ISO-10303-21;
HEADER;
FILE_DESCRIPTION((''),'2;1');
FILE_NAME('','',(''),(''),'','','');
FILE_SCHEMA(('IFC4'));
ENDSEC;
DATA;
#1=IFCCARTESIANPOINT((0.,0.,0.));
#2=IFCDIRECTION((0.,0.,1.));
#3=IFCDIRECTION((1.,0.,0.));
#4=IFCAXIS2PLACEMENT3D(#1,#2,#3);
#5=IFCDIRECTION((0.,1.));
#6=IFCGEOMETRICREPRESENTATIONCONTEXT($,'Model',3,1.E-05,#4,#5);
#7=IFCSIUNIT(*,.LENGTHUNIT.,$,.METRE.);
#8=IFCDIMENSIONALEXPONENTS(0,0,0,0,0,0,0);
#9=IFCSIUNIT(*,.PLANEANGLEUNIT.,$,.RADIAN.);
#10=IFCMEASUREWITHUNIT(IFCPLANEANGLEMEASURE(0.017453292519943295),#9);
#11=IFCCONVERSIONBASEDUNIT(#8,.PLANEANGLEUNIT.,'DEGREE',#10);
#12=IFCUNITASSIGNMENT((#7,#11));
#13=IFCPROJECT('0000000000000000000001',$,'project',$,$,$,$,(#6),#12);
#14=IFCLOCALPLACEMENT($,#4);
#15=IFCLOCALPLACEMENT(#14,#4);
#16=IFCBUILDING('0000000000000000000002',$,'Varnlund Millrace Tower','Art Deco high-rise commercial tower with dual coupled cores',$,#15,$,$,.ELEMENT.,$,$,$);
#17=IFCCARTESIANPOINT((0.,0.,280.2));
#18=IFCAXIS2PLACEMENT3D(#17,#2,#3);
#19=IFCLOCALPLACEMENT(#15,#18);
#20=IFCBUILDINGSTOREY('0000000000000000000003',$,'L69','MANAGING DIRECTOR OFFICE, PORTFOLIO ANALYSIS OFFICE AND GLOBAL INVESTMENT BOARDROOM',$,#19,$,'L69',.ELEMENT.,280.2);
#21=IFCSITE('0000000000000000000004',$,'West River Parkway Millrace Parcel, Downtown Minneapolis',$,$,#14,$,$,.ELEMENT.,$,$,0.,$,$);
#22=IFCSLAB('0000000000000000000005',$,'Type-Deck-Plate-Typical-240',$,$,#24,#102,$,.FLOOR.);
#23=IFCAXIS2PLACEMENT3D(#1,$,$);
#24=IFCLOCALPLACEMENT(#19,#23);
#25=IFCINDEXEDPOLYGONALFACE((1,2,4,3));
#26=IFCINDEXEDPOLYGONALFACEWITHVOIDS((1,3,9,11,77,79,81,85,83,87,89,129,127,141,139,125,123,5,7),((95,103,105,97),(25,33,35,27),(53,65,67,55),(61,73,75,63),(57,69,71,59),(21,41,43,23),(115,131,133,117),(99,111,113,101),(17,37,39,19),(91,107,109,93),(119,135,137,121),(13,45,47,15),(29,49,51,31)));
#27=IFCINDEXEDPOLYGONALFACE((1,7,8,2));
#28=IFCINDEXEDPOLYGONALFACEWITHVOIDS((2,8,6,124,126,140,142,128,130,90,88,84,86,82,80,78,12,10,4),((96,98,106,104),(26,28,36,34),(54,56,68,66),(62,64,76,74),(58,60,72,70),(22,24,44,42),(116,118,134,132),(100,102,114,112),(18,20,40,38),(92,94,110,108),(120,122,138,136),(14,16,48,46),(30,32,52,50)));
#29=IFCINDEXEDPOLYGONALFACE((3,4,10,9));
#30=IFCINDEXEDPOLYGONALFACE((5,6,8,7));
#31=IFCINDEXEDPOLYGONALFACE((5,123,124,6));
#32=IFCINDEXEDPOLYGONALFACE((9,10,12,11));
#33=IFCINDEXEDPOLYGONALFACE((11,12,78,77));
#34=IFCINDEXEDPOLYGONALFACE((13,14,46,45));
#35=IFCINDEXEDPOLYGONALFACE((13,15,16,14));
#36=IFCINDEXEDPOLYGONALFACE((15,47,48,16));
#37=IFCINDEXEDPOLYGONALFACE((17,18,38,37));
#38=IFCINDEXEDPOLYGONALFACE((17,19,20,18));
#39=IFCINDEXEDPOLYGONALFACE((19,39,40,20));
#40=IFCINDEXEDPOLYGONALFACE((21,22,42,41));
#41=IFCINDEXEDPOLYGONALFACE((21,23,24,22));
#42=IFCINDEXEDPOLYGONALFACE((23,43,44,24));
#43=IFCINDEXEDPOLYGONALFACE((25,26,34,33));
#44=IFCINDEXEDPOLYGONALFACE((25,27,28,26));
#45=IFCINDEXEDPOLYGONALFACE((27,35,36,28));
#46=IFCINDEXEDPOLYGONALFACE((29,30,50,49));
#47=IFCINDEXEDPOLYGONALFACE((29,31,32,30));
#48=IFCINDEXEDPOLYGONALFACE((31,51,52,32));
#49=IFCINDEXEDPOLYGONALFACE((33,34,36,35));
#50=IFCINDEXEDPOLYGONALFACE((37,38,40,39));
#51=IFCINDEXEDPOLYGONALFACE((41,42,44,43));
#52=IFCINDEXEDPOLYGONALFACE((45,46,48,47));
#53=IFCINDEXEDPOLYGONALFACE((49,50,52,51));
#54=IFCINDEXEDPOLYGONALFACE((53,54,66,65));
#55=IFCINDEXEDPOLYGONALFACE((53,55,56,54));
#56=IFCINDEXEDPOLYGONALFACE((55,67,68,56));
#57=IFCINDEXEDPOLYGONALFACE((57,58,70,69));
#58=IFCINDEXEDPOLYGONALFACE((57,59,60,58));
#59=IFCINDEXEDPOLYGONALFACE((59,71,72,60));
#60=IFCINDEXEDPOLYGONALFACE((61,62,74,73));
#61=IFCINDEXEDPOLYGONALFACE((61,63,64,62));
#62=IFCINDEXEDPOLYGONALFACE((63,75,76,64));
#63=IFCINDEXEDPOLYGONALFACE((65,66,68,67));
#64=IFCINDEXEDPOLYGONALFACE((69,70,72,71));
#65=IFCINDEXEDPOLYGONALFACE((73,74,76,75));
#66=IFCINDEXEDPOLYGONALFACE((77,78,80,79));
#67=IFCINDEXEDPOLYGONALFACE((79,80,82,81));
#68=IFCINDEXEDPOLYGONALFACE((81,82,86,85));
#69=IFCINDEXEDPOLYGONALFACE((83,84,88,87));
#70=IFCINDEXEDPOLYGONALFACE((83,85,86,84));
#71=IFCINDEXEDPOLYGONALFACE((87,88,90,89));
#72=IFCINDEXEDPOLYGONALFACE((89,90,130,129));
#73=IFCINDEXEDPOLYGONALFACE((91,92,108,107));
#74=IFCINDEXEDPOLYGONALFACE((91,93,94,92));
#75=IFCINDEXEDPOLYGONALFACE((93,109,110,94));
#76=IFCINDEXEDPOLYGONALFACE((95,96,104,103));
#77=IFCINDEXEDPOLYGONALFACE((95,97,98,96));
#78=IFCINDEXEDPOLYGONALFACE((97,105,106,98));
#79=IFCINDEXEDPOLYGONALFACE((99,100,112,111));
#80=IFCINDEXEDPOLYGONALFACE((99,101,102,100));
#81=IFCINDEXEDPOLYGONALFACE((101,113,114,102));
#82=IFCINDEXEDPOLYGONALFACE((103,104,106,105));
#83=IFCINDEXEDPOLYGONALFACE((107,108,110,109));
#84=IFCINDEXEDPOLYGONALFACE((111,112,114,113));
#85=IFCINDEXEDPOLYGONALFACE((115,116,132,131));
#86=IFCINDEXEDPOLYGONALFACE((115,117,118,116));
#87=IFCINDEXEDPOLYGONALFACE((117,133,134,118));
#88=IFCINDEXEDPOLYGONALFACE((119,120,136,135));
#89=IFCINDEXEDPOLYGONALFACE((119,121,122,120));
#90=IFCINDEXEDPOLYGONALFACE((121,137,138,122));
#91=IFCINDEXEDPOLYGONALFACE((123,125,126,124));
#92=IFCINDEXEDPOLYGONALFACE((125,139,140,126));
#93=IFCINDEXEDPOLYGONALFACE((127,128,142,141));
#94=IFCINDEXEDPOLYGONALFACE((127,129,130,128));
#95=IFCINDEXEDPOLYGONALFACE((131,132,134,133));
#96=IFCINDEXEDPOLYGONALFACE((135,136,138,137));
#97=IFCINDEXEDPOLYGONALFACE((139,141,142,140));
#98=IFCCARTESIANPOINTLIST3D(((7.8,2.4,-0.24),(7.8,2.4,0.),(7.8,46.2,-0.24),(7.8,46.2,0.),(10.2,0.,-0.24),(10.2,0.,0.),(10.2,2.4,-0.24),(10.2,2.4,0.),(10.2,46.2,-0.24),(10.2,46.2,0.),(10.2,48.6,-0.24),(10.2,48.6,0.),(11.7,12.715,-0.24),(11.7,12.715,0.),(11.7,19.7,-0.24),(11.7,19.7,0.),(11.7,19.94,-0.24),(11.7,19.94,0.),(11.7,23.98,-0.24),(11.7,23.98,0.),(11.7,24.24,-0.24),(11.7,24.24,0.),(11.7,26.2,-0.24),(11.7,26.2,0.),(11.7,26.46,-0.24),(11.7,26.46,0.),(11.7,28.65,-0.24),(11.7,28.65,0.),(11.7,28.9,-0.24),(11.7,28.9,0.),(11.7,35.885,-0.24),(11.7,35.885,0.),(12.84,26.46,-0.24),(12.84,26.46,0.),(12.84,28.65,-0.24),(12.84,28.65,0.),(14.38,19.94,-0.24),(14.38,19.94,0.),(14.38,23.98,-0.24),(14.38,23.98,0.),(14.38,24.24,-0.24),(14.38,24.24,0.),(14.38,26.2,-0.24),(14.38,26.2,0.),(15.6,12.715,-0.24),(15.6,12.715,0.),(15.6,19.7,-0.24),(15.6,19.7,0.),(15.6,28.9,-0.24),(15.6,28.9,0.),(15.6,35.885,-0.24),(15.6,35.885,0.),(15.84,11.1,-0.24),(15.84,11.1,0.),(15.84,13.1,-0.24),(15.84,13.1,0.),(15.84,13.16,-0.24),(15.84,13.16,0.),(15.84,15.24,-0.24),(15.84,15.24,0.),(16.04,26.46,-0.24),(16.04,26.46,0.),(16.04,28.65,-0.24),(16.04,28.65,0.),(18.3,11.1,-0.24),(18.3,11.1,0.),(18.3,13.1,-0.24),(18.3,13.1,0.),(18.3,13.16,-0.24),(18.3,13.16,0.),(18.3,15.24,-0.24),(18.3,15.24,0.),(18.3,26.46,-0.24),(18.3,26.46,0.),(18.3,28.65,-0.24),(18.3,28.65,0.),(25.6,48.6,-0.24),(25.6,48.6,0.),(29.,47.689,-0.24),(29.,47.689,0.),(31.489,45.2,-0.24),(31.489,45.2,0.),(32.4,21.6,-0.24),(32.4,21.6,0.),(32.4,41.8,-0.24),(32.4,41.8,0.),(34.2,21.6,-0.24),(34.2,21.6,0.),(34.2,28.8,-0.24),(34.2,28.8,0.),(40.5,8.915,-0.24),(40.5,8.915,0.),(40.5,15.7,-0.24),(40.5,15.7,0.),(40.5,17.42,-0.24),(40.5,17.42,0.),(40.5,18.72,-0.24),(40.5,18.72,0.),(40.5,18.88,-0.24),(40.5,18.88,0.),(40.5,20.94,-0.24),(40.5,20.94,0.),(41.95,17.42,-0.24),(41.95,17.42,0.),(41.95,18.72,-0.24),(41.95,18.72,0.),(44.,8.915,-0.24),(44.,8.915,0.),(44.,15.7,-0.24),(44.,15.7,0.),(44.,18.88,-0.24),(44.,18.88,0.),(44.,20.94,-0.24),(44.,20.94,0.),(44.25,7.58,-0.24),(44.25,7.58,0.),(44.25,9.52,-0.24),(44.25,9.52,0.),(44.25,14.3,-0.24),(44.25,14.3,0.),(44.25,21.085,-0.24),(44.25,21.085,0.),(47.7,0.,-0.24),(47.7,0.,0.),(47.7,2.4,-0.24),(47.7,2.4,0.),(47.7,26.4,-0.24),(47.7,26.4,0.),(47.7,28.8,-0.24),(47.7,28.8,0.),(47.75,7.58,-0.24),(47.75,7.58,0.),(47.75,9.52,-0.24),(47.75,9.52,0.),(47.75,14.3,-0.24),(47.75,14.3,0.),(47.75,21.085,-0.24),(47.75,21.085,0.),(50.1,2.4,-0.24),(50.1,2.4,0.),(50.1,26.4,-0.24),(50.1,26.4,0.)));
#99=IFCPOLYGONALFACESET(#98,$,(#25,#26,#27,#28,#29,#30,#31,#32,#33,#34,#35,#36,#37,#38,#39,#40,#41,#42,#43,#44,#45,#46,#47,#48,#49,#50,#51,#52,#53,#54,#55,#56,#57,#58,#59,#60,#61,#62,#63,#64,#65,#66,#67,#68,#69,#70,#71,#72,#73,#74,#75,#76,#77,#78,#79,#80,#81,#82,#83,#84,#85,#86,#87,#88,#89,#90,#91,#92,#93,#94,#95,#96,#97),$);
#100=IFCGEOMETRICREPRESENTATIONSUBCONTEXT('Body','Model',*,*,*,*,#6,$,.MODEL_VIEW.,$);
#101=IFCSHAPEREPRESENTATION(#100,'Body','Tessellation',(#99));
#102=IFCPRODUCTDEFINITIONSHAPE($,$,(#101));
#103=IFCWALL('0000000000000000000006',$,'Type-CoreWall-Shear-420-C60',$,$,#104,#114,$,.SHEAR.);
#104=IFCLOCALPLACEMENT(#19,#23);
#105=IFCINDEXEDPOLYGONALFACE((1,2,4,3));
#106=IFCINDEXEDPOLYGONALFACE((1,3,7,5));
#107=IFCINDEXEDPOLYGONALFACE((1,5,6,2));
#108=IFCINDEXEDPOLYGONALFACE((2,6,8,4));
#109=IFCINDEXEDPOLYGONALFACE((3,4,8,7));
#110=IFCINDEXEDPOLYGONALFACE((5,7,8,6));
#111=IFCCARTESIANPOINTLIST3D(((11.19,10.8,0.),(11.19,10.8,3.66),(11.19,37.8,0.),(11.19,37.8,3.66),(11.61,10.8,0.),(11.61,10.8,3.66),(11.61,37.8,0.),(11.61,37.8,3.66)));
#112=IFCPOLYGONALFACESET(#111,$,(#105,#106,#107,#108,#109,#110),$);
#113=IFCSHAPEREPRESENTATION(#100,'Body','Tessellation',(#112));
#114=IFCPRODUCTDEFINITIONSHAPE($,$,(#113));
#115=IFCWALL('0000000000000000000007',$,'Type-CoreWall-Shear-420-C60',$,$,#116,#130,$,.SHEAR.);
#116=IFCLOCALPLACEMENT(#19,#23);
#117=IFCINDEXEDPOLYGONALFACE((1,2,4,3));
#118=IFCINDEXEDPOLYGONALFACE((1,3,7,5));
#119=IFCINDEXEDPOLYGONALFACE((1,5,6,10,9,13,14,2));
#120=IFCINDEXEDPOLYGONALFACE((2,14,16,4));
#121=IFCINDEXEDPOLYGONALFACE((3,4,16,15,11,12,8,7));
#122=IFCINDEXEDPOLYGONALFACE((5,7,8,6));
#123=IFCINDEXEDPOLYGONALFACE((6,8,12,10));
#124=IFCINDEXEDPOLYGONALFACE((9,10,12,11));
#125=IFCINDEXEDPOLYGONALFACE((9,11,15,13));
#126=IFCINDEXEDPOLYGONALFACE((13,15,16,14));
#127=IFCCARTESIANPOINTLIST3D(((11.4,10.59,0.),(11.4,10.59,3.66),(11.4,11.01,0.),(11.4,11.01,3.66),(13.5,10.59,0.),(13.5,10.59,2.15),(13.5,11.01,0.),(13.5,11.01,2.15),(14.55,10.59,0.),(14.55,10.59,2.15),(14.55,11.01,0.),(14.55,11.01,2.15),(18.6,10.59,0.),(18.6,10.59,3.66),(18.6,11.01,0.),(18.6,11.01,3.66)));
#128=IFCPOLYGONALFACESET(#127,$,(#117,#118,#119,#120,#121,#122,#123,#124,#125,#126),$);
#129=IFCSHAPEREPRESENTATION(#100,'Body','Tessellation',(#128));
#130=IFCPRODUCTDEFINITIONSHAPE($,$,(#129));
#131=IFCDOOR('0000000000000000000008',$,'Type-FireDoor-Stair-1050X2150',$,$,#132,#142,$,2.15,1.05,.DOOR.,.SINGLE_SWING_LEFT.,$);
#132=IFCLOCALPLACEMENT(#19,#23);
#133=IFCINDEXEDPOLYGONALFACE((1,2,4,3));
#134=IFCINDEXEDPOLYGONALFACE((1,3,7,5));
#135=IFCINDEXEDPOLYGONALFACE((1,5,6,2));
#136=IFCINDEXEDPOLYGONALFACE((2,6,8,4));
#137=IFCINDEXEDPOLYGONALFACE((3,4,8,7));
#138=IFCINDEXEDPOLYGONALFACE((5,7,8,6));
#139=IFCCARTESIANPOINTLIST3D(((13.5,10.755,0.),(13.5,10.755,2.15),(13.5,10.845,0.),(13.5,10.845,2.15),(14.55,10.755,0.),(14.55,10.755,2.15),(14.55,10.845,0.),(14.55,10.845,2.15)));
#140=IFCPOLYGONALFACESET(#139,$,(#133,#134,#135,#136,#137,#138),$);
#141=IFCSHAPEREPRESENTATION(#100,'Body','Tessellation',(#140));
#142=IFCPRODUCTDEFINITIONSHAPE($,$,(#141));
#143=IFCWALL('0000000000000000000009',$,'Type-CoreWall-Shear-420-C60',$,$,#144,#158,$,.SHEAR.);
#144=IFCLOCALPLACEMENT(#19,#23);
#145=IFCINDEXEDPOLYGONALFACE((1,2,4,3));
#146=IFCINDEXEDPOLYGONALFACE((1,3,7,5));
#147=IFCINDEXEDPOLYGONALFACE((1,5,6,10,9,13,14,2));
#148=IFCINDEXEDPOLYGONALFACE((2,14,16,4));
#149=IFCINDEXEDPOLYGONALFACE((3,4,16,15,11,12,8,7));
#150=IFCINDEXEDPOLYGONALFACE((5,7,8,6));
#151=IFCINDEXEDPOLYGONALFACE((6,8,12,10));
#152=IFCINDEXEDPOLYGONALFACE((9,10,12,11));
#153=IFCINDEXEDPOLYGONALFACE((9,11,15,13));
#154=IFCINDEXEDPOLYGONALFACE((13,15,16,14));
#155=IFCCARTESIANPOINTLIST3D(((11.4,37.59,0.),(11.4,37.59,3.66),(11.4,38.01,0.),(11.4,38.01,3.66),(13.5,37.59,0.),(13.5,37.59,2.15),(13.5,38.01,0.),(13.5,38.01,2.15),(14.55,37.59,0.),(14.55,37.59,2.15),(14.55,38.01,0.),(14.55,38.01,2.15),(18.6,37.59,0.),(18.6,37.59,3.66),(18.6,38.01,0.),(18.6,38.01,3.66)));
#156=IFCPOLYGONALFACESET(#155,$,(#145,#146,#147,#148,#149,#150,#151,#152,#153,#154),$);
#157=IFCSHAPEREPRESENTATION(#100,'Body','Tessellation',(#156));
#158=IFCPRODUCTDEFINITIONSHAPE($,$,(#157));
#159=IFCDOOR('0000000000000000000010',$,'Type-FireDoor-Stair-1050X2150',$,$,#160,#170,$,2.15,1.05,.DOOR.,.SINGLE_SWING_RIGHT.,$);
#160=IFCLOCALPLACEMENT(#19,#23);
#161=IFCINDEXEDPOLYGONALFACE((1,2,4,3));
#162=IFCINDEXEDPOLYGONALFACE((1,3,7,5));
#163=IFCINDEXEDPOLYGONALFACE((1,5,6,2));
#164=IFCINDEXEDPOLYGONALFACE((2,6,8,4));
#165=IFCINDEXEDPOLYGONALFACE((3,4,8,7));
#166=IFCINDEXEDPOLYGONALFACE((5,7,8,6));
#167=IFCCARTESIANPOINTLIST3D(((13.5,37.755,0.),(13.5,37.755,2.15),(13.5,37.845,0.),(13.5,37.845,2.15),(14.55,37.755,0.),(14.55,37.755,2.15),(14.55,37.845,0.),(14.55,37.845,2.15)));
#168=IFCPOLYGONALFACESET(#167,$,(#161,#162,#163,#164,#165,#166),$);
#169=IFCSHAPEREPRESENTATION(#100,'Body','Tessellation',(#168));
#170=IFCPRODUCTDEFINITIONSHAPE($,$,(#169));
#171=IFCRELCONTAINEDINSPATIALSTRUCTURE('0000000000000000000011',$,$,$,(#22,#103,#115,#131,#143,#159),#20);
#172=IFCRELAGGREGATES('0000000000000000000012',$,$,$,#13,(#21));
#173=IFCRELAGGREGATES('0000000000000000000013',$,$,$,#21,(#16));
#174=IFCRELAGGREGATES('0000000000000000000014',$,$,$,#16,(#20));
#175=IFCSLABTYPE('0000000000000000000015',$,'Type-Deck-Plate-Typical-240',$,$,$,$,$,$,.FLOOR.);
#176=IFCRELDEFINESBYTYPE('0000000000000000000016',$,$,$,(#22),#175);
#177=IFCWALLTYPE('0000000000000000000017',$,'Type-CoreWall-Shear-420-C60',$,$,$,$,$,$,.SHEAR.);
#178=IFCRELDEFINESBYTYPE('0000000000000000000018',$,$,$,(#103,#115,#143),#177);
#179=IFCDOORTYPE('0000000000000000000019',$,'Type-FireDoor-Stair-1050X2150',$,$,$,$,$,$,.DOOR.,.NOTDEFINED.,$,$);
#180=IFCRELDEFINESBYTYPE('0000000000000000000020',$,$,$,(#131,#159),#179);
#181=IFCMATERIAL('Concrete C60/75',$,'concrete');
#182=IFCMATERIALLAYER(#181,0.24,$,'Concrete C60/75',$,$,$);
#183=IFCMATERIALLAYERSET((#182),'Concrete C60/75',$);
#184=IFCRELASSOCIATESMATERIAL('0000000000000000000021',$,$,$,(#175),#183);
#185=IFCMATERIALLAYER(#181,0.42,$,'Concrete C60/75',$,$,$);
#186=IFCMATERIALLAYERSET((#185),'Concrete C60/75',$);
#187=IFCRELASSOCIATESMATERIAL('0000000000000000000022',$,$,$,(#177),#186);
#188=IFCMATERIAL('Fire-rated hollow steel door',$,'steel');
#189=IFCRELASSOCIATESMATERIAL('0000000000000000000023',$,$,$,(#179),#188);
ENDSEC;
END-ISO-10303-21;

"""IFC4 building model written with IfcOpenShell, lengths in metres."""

from ifc_helpers import new_model, entity, si_unit, converted_unit, direction, frame, origin_with_axes, origin_2d_with_axis, place, context, subcontext, project, spatial, polyline, rectangle, outline, extrude, material, layer, layer_set, type_object, element, fill, save


model = new_model("IFC4")

# Units and contexts
model_context = context("Model", 3, precision=1e-05, world=origin_with_axes(), true_north=direction((0.0, 1.0)))
body_context = subcontext(model_context, "Body", "Model", "MODEL_VIEW")
ifc_project = project(units=[si_unit("LENGTHUNIT", "METRE"), converted_unit("PLANEANGLEUNIT", "DEGREE", entity("IfcPlaneAngleMeasure", 0.017453292519943295), si_unit("PLANEANGLEUNIT", "RADIAN"), dimensions=[0, 0, 0, 0, 0, 0, 0])], contexts=[model_context])

# Site, building, storey
site_placement = place(None, origin_with_axes())
site = spatial("IfcSite", under=ifc_project, at=site_placement, Name="West River Parkway Millrace Parcel, Downtown Minneapolis", CompositionType="ELEMENT", RefElevation=0.0)
building_placement = place(site_placement, origin_with_axes())
building = spatial("IfcBuilding", under=site, at=building_placement, Name="Varnlund Millrace Tower", Description="Art Deco high-rise commercial tower with dual coupled cores", CompositionType="ELEMENT")
storey_placement = place(building_placement, frame((0.0, 0.0, 280.2), z_axis=(0.0, 0.0, 1.0), x_axis=(1.0, 0.0, 0.0)))
storey = spatial("IfcBuildingStorey", under=building, at=storey_placement, Name="L69", Description="MANAGING DIRECTOR OFFICE, PORTFOLIO ANALYSIS OFFICE AND GLOBAL INVESTMENT BOARDROOM", LongName="L69", CompositionType="ELEMENT", Elevation=280.2)

# Slab
ifc_material_1 = material(Name="Concrete C60/75", Category="concrete")
ifc_layer_1 = layer(ifc_material_1, 0.24, Name="Concrete C60/75")
ifc_layer_set_1 = layer_set([ifc_layer_1], Name="Concrete C60/75")
slab_type = type_object("IfcSlabType", Name="Type-Deck-Plate-Typical-240", PredefinedType="FLOOR", material=ifc_layer_set_1)
slab_placement = place(storey_placement, frame((0.0, 0.0, -0.24), z_axis=(0.0, 0.0, 1.0), x_axis=(1.0, 0.0, 0.0)))
element("IfcSlab", 1, at=slab_placement, inside=storey, type_object=slab_type, Name="Type-Deck-Plate-Typical-240", PredefinedType="FLOOR", context=body_context, shape_type="SweptSolid", body=[
    extrude(outline(polyline([(32.4, 21.6), (32.4, 41.8), (31.489, 45.2), (29.0, 47.689), (25.6, 48.6), (10.2, 48.6), (10.2, 46.2), (7.8, 46.2), (7.8, 2.4), (10.2, 2.4), (10.2, 0.0), (47.7, 0.0), (47.7, 2.4), (50.1, 2.4), (50.1, 26.4), (47.7, 26.4), (47.7, 28.8), (34.2, 28.8), (34.2, 21.6), (32.4, 21.6)]), holes=[polyline([(18.3, 13.1), (18.3, 11.1), (15.84, 11.1), (15.84, 13.1), (18.3, 13.1)]), polyline([(15.6, 12.715), (11.7, 12.715), (11.7, 19.7), (15.6, 19.7), (15.6, 12.715)]), polyline([(11.7, 19.94), (11.7, 23.98), (14.38, 23.98), (14.38, 19.94), (11.7, 19.94)]), polyline([(14.38, 24.24), (11.7, 24.24), (11.7, 26.2), (14.38, 26.2), (14.38, 24.24)]), polyline([(12.84, 26.46), (11.7, 26.46), (11.7, 28.65), (12.84, 28.65), (12.84, 26.46)]), polyline([(15.6, 28.9), (11.7, 28.9), (11.7, 35.885), (15.6, 35.885), (15.6, 28.9)]), polyline([(47.75, 9.52), (47.75, 7.58), (44.25, 7.58), (44.25, 9.52), (47.75, 9.52)]), polyline([(44.0, 8.915), (40.5, 8.915), (40.5, 15.7), (44.0, 15.7), (44.0, 8.915)]), polyline([(18.3, 13.16), (15.84, 13.16), (15.84, 15.24), (18.3, 15.24), (18.3, 13.16)]), polyline([(47.75, 14.3), (44.25, 14.3), (44.25, 21.085), (47.75, 21.085), (47.75, 14.3)]), polyline([(41.95, 17.42), (40.5, 17.42), (40.5, 18.72), (41.95, 18.72), (41.95, 17.42)]), polyline([(44.0, 18.88), (40.5, 18.88), (40.5, 20.94), (44.0, 20.94), (44.0, 18.88)]), polyline([(18.3, 26.46), (16.04, 26.46), (16.04, 28.65), (18.3, 28.65), (18.3, 26.46)])]), origin_with_axes(), (0.0, 0.0, 1.0), 0.24),
])

# Wall
ifc_layer_2 = layer(ifc_material_1, 0.42, Name="Concrete C60/75")
ifc_layer_set_2 = layer_set([ifc_layer_2], Name="Concrete C60/75")
wall_type_1 = type_object("IfcWallType", Name="Type-CoreWall-Shear-420-C60", PredefinedType="SHEAR", material=ifc_layer_set_2)
wall_1_placement = place(storey_placement, frame((11.4, 10.8, 0.0), z_axis=(0.0, 0.0, 1.0), x_axis=(0.0, 1.0, 0.0)))
element("IfcWall", 2, at=wall_1_placement, inside=storey, type_object=wall_type_1, Name="Type-CoreWall-Shear-420-C60", PredefinedType="SHEAR", context=body_context, shape_type="SweptSolid", body=[
    extrude(outline(polyline([(0.0, -0.21), (27.0, -0.21), (27.0, 0.21), (0.0, 0.21), (0.0, -0.21)])), origin_with_axes(), (0.0, 0.0, 1.0), 3.66),
])

# Walls, openings, doors
wall_2_placement = place(storey_placement, frame((11.4, 10.8, 0.0), z_axis=(0.0, 0.0, 1.0), x_axis=(1.0, 0.0, 0.0)))
wall_2 = element("IfcWall", 3, at=wall_2_placement, inside=storey, type_object=wall_type_1, Name="Type-CoreWall-Shear-420-C60", PredefinedType="SHEAR", context=body_context, shape_type="SweptSolid", body=[
    extrude(outline(polyline([(0.0, -0.21), (7.2, -0.21), (7.2, 0.21), (0.0, 0.21), (0.0, -0.21)])), origin_with_axes(), (0.0, 0.0, 1.0), 3.66),
])
opening_1_placement = place(wall_2_placement, frame((2.625, 0.0, 0.0), z_axis=(0.0, 0.0, 1.0), x_axis=(1.0, 0.0, 0.0)))
opening_1 = element("IfcOpeningElement", 4, at=opening_1_placement, cuts=wall_2, PredefinedType="OPENING", context=body_context, shape_type="SweptSolid", body=[
    extrude(rectangle(XDim=1.05, YDim=0.44, at=origin_2d_with_axis()), origin_with_axes(), (0.0, 0.0, 1.0), 2.15),
])
ifc_material_2 = material(Name="Fire-rated hollow steel door", Category="steel")
door_type_1 = type_object("IfcDoorType", Name="Type-FireDoor-Stair-1050X2150", OperationType="NOTDEFINED", PredefinedType="DOOR", material=ifc_material_2)
door_1_placement = place(wall_2_placement, frame((2.625, 0.0, 0.0), z_axis=(0.0, 0.0, 1.0), x_axis=(1.0, 0.0, 0.0)))
door_1 = element("IfcDoor", 5, at=door_1_placement, inside=storey, type_object=door_type_1, Name="Type-FireDoor-Stair-1050X2150", OperationType="SINGLE_SWING_LEFT", OverallHeight=2.15, OverallWidth=1.05, PredefinedType="DOOR", context=body_context, shape_type="SweptSolid", body=[
    extrude(rectangle(XDim=1.05, YDim=0.09, at=origin_2d_with_axis()), origin_with_axes(), (0.0, 0.0, 1.0), 2.15),
])
fill(opening_1, door_1)
wall_3_placement = place(storey_placement, frame((11.4, 37.8, 0.0), z_axis=(0.0, 0.0, 1.0), x_axis=(1.0, 0.0, 0.0)))
wall_3 = element("IfcWall", 6, at=wall_3_placement, inside=storey, type_object=wall_type_1, Name="Type-CoreWall-Shear-420-C60", PredefinedType="SHEAR", context=body_context, shape_type="SweptSolid", body=[
    extrude(outline(polyline([(0.0, -0.21), (7.2, -0.21), (7.2, 0.21), (0.0, 0.21), (0.0, -0.21)])), origin_with_axes(), (0.0, 0.0, 1.0), 3.66),
])
opening_2_placement = place(wall_3_placement, frame((2.625, 0.0, 0.0), z_axis=(0.0, 0.0, 1.0), x_axis=(1.0, 0.0, 0.0)))
opening_2 = element("IfcOpeningElement", 7, at=opening_2_placement, cuts=wall_3, PredefinedType="OPENING", context=body_context, shape_type="SweptSolid", body=[
    extrude(rectangle(XDim=1.05, YDim=0.44, at=origin_2d_with_axis()), origin_with_axes(), (0.0, 0.0, 1.0), 2.15),
])
door_2_placement = place(wall_3_placement, frame((2.625, 0.0, 0.0), z_axis=(0.0, 0.0, 1.0), x_axis=(1.0, 0.0, 0.0)))
door_2 = element("IfcDoor", 8, at=door_2_placement, inside=storey, type_object=door_type_1, Name="Type-FireDoor-Stair-1050X2150", OperationType="SINGLE_SWING_RIGHT", OverallHeight=2.15, OverallWidth=1.05, PredefinedType="DOOR", context=body_context, shape_type="SweptSolid", body=[
    extrude(rectangle(XDim=1.05, YDim=0.09, at=origin_2d_with_axis()), origin_with_axes(), (0.0, 0.0, 1.0), 2.15),
])
fill(opening_2, door_2)

save(model, "model.ifc")
